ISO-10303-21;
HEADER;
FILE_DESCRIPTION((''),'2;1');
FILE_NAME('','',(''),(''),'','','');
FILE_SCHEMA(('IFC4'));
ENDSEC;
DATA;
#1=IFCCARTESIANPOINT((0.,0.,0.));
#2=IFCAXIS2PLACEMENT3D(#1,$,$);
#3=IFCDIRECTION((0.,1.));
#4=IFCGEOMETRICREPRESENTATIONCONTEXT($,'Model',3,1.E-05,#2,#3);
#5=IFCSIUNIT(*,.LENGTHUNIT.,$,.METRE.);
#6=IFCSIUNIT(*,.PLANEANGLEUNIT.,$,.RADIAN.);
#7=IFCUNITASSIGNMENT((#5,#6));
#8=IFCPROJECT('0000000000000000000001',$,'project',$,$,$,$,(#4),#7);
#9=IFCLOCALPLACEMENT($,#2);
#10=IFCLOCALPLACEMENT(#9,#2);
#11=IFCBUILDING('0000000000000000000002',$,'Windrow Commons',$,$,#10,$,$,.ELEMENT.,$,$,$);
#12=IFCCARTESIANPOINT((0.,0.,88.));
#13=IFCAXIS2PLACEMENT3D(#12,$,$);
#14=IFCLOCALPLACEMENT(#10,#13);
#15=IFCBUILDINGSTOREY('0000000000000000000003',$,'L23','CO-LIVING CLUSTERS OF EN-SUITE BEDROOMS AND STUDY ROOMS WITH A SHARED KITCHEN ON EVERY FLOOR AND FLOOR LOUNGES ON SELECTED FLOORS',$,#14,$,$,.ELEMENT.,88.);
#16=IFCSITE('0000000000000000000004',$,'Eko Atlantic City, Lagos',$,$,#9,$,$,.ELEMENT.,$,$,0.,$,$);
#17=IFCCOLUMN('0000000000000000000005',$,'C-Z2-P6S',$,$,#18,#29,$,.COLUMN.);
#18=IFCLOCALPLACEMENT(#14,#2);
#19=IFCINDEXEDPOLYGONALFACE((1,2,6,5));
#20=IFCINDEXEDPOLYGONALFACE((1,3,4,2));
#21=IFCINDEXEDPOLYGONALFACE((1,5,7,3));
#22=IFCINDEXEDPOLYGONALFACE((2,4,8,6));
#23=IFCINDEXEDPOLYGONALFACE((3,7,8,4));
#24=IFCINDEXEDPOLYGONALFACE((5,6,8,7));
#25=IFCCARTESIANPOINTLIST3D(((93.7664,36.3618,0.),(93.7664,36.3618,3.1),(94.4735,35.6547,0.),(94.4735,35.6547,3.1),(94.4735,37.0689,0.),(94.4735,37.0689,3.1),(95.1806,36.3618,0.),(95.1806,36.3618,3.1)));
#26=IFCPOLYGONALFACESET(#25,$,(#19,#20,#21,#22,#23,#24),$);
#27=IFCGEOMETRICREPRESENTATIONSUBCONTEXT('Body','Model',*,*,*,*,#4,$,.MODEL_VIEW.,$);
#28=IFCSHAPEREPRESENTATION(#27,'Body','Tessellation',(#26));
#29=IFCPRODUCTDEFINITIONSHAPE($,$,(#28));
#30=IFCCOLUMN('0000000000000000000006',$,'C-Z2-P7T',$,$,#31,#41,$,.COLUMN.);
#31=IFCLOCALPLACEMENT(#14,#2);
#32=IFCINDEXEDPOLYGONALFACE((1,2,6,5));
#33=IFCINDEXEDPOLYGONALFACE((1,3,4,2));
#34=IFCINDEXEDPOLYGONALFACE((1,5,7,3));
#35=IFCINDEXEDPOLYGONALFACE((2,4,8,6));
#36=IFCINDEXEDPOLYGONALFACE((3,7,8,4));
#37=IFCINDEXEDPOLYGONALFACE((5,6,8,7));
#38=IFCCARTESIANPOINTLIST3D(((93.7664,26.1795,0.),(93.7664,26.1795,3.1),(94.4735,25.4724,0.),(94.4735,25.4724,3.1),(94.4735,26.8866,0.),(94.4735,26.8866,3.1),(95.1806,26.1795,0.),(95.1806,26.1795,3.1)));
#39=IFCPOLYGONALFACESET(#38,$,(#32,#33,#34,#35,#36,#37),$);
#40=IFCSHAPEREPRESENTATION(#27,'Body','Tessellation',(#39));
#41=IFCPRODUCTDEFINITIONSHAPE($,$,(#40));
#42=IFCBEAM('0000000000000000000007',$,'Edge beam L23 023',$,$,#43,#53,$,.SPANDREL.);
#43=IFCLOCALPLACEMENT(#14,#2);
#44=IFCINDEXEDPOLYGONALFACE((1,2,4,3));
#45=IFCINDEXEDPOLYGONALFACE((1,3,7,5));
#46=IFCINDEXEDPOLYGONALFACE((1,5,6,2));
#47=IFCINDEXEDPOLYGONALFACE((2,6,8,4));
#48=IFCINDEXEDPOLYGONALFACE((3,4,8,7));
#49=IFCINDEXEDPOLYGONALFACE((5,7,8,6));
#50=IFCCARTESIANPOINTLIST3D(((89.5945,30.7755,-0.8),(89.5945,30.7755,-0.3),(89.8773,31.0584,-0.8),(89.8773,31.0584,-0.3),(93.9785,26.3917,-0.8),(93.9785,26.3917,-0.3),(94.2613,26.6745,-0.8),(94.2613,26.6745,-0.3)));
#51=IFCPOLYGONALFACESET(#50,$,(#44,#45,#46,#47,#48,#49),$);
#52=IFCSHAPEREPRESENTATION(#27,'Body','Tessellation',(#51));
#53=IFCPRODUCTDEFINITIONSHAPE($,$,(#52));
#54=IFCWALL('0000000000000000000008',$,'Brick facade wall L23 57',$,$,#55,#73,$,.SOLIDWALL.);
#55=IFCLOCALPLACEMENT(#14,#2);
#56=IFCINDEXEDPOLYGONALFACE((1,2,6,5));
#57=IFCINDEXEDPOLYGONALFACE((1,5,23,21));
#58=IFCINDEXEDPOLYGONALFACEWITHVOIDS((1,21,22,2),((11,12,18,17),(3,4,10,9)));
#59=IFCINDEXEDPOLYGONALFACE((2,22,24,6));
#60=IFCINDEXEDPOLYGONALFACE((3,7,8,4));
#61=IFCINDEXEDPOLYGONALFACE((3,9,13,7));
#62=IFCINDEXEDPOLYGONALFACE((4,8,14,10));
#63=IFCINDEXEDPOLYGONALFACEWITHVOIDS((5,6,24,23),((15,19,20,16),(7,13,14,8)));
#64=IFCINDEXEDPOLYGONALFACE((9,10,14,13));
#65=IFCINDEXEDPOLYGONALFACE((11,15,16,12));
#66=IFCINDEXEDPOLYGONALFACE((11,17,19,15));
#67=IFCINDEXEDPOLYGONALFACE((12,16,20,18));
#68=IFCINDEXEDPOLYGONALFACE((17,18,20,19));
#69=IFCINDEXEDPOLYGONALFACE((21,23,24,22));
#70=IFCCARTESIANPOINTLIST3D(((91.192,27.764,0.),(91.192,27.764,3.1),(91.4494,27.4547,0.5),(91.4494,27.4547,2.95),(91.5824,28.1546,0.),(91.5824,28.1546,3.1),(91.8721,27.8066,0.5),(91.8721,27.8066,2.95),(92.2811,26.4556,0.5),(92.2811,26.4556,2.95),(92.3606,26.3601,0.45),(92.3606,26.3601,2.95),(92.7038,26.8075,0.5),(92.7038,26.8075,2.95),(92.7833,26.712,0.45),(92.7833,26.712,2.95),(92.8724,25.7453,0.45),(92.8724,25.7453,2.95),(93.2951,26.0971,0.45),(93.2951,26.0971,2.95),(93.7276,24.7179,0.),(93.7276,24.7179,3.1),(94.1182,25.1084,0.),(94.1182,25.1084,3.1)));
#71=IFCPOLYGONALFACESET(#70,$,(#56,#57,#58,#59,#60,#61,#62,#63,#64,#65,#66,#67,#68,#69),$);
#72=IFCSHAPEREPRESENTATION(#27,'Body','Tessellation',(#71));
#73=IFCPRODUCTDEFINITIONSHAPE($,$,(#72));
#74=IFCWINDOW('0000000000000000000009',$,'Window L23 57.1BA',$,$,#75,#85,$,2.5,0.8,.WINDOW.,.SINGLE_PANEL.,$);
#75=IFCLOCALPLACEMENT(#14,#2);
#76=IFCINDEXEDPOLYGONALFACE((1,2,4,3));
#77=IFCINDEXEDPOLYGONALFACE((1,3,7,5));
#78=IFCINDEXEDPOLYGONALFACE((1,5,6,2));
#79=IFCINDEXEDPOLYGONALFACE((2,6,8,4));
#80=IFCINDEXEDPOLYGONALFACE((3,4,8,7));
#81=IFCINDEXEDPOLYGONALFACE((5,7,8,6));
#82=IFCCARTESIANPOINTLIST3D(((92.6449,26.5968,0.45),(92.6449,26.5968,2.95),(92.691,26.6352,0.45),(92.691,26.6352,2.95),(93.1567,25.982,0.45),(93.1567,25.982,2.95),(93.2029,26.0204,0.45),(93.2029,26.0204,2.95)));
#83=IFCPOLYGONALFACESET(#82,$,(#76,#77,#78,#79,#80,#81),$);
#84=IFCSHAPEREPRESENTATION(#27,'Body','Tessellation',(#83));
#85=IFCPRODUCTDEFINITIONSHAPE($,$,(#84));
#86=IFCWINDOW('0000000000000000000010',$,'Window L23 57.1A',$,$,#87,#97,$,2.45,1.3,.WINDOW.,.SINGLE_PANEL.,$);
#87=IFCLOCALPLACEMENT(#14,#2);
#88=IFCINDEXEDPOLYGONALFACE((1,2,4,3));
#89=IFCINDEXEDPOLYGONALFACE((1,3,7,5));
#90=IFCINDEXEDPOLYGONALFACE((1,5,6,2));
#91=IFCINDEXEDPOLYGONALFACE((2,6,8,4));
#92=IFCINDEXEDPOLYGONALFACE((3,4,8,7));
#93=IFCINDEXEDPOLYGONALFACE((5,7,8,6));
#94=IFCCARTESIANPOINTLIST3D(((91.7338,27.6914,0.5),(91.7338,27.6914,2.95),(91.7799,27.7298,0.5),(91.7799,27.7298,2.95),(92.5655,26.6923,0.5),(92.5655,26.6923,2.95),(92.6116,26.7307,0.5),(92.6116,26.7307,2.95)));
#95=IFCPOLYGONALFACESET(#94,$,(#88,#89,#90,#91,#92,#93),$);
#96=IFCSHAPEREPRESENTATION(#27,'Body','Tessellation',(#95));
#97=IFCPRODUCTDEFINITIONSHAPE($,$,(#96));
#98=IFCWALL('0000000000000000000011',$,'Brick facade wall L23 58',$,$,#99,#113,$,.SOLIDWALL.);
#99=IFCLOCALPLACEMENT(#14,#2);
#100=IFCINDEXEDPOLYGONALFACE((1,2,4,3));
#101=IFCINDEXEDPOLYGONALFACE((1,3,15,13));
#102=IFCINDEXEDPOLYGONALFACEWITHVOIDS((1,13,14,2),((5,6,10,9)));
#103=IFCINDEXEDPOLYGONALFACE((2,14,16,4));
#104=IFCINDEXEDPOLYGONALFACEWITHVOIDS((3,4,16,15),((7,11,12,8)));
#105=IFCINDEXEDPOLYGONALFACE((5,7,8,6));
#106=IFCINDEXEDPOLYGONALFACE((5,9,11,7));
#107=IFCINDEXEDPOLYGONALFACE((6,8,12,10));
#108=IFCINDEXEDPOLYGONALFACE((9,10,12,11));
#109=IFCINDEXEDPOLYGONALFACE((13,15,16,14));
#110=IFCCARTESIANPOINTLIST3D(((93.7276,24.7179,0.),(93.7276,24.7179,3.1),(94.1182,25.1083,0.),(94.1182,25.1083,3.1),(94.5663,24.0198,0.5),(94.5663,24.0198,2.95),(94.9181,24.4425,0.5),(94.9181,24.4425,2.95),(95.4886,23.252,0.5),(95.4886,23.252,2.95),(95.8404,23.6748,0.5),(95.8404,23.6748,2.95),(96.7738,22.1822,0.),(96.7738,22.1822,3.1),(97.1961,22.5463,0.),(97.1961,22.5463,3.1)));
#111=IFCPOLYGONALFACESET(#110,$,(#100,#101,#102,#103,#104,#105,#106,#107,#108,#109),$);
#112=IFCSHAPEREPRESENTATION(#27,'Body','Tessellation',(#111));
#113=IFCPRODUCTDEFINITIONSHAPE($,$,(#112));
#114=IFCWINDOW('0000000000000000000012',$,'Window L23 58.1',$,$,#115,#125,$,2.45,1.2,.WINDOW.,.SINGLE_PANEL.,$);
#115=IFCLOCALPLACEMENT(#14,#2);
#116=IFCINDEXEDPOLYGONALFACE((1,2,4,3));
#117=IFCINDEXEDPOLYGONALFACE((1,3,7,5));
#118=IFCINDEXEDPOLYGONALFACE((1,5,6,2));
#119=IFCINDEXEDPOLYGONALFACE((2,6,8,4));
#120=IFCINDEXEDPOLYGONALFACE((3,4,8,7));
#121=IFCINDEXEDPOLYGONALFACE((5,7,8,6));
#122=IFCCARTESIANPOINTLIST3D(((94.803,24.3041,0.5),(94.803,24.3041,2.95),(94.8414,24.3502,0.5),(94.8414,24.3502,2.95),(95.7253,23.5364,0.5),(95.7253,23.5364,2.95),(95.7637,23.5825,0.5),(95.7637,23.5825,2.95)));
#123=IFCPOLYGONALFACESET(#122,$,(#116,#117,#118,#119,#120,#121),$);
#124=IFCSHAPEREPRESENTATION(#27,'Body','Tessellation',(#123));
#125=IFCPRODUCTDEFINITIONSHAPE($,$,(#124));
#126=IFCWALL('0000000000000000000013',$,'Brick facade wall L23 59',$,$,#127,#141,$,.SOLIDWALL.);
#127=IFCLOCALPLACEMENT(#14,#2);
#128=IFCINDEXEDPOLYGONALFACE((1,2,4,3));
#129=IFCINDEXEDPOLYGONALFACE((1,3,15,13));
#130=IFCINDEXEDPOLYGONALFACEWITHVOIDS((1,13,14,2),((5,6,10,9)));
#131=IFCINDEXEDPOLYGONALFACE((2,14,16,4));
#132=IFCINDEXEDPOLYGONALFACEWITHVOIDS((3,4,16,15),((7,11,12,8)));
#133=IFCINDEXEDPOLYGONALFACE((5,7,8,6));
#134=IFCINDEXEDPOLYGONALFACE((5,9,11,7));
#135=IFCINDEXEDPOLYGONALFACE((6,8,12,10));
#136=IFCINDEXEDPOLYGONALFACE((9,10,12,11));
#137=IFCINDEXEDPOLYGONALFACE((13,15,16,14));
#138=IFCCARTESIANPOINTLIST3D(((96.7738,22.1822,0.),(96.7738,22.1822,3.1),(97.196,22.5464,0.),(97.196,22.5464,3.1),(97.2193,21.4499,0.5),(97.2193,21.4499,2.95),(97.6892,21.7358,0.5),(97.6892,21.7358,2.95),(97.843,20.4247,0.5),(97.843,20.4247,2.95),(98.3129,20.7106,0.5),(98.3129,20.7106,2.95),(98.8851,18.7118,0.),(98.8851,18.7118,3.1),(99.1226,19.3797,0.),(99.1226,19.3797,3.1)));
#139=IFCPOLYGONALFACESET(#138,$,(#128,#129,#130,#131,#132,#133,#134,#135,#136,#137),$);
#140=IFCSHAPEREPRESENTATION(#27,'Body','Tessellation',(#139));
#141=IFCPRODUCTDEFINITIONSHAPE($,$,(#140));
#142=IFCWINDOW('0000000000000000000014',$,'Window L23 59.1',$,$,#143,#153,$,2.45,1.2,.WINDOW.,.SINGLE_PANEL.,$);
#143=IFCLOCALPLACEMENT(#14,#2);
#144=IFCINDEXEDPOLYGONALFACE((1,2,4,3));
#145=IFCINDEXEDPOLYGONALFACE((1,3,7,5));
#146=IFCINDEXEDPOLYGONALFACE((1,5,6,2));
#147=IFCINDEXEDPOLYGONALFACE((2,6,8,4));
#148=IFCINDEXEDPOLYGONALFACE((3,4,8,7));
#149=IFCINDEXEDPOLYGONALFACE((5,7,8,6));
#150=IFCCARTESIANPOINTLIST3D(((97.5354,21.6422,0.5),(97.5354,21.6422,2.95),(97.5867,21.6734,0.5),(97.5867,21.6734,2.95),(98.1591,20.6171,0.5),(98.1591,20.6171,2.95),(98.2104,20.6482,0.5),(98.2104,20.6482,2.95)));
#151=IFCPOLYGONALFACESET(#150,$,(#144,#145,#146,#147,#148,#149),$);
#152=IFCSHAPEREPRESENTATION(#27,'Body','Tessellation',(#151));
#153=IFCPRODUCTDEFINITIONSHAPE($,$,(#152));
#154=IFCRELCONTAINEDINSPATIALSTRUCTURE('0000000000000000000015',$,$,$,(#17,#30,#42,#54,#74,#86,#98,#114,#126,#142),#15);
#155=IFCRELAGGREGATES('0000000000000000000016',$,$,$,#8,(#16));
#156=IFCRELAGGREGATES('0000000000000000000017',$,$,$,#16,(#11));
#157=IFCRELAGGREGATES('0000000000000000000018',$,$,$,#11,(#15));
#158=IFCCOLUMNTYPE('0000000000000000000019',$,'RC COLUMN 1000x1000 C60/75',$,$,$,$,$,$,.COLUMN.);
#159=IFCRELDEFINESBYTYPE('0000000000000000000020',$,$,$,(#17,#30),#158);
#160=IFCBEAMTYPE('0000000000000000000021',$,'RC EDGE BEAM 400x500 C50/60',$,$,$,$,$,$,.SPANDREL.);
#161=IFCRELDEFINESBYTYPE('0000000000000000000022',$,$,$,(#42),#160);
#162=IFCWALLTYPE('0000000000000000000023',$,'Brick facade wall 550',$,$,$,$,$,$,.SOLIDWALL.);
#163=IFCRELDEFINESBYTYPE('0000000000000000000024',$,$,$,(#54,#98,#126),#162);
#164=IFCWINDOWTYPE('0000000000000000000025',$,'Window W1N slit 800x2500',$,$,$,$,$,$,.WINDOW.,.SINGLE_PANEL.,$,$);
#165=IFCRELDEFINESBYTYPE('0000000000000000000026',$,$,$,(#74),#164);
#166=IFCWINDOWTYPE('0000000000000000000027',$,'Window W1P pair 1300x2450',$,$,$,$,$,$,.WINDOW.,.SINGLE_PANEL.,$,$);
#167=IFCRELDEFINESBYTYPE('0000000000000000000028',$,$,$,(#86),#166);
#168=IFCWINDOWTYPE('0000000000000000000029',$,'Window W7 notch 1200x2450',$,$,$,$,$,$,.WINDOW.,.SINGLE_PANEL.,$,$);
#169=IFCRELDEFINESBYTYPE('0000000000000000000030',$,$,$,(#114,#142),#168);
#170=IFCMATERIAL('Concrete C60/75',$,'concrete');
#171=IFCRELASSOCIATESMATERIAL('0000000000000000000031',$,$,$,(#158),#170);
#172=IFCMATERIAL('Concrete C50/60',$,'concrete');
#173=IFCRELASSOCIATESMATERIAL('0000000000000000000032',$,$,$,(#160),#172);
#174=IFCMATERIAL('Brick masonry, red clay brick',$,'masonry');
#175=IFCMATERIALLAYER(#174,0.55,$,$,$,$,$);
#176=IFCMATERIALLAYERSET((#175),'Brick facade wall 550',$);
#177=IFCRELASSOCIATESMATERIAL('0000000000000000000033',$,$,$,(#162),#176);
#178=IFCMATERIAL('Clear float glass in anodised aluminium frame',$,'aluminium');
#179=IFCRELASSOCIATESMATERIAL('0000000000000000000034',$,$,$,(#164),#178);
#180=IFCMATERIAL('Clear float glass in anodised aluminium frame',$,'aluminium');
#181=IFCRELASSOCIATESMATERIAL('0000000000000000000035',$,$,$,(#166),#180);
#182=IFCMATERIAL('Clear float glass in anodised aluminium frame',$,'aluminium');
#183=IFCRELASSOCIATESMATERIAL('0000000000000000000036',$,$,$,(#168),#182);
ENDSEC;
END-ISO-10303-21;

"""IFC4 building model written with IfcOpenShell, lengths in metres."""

from ifc_helpers import new_model, si_unit, direction, frame, frame_2d, origin, origin_2d, place, context, subcontext, project, spatial, polyline, rectangle, outline, extrude, material, layer, layer_set, material_profile, profile_set, type_object, element, fill, save


model = new_model("IFC4")

# Units and contexts
model_context = context("Model", 3, precision=1e-05, world=origin(), true_north=direction((0.0, 1.0)))
body_context = subcontext(model_context, "Body", "Model", "MODEL_VIEW")
ifc_project = project(units=[si_unit("LENGTHUNIT", "METRE"), si_unit("PLANEANGLEUNIT", "RADIAN")], contexts=[model_context])

# Site, building, storey
site_placement = place(None, origin())
site = spatial("IfcSite", under=ifc_project, at=site_placement, Name="Eko Atlantic City, Lagos", CompositionType="ELEMENT", RefElevation=0.0)
building_placement = place(site_placement, origin())
building = spatial("IfcBuilding", under=site, at=building_placement, Name="Windrow Commons", CompositionType="ELEMENT")
storey_placement = place(building_placement, frame((0.0, 0.0, 88.0)))
storey = spatial("IfcBuildingStorey", under=building, at=storey_placement, Name="L23", Description="CO-LIVING CLUSTERS OF EN-SUITE BEDROOMS AND STUDY ROOMS WITH A SHARED KITCHEN ON EVERY FLOOR AND FLOOR LOUNGES ON SELECTED FLOORS", CompositionType="ELEMENT", Elevation=88.0)

# Columns
ifc_material_1 = material(Name="Concrete C60/75", Category="concrete")
ifc_material_profile_1 = material_profile(ifc_material_1, rectangle(XDim=1.0, YDim=1.0, at=origin_2d()))
ifc_profile_set_1 = profile_set([ifc_material_profile_1], Name="Concrete C60/75")
column_type = type_object("IfcColumnType", Name="RC COLUMN 1000x1000 C60/75", PredefinedType="COLUMN", material=ifc_profile_set_1)
for number, where, z_axis, x_axis, name in (
    (1, (94.4735, 36.3618, 0.0), (0.0, 0.0, 1.0), (0.707107, -0.707107, 0.0), "C-Z2-P6S"),
    (2, (94.4735, 26.1795, 0.0), (0.0, 0.0, 1.0), (0.707107, -0.707107, 0.0), "C-Z2-P7T"),
):
    element("IfcColumn", number, at=place(storey_placement, frame(where, z_axis=z_axis, x_axis=x_axis)), inside=storey, type_object=column_type, Name=name, PredefinedType="COLUMN", context=body_context, shape_type="SweptSolid", body=[
        extrude(rectangle(XDim=1.0, YDim=1.0, at=origin_2d()), origin(), (0.0, 0.0, 1.0), 3.1),
    ])

# Beam
ifc_material_2 = material(Name="Concrete C50/60", Category="concrete")
ifc_material_profile_2 = material_profile(ifc_material_2, rectangle(XDim=0.4, YDim=0.5, at=origin_2d()))
ifc_profile_set_2 = profile_set([ifc_material_profile_2], Name="Concrete C50/60")
beam_type = type_object("IfcBeamType", Name="RC EDGE BEAM 400x500 C50/60", PredefinedType="SPANDREL", material=ifc_profile_set_2)
beam_placement = place(storey_placement, frame((94.1199, 26.5331, -0.55), z_axis=(-0.707115, 0.707099, 0.0), x_axis=(-0.707099, -0.707115, 0.0)))
element("IfcBeam", 3, at=beam_placement, inside=storey, type_object=beam_type, Name="Edge beam L23 023", PredefinedType="SPANDREL", context=body_context, shape_type="SweptSolid", body=[
    extrude(rectangle(XDim=0.4, YDim=0.5, at=origin_2d()), origin(), (0.0, 0.0, 1.0), 6.1998),
])

# Wall, openings, windows
ifc_material_3 = material(Name="Brick masonry, red clay brick", Category="masonry")
ifc_layer_1 = layer(ifc_material_3, 0.55)
ifc_layer_set_1 = layer_set([ifc_layer_1], Name="Brick facade wall 550")
wall_type_1 = type_object("IfcWallType", Name="Brick facade wall 550", PredefinedType="SOLIDWALL", material=ifc_layer_set_1)
wall_1_placement = place(storey_placement, frame((91.3872, 27.9593, 0.0), z_axis=(0.0, 0.0, 1.0), x_axis=(0.639767, -0.768569, 0.0)))
wall_1 = element("IfcWall", 4, at=wall_1_placement, inside=storey, type_object=wall_type_1, Name="Brick facade wall L23 57", PredefinedType="SOLIDWALL", context=body_context, shape_type="SweptSolid", body=[
    extrude(outline(polyline([(0.0252, -0.275), (3.9886, -0.275), (3.9383, 0.275), (-0.0252, 0.275), (0.0252, -0.275)])), origin(), (0.0, 0.0, 1.0), 3.1),
])
opening_1_placement = place(wall_1_placement, frame((0.4276, 0.0, 0.5)))
opening_1 = element("IfcOpeningElement", 5, at=opening_1_placement, cuts=wall_1, PredefinedType="OPENING", context=body_context, shape_type="SweptSolid", body=[
    extrude(rectangle(XDim=1.3, YDim=2.45, at=frame_2d((0.65, 1.225))), frame((0.0, 0.285, 0.0), z_axis=(0.0, -1.0, 0.0), x_axis=(1.0, 0.0, 0.0)), (0.0, 0.0, 1.0), 0.57),
])
opening_2_placement = place(wall_1_placement, frame((1.8518, 0.0, 0.45)))
opening_2 = element("IfcOpeningElement", 6, at=opening_2_placement, cuts=wall_1, PredefinedType="OPENING", context=body_context, shape_type="SweptSolid", body=[
    extrude(rectangle(XDim=0.8, YDim=2.5, at=frame_2d((0.4, 1.25))), frame((0.0, 0.285, 0.0), z_axis=(0.0, -1.0, 0.0), x_axis=(1.0, 0.0, 0.0)), (0.0, 0.0, 1.0), 0.57),
])
ifc_material_4 = material(Name="Clear float glass in anodised aluminium frame", Category="aluminium")
window_type_1 = type_object("IfcWindowType", Name="Window W1N slit 800x2500", PartitioningType="SINGLE_PANEL", PredefinedType="WINDOW", material=ifc_material_4)
window_1_placement = place(opening_2_placement, origin())
window_1 = element("IfcWindow", 7, at=window_1_placement, inside=storey, type_object=window_type_1, Name="Window L23 57.1BA", OverallHeight=2.5, OverallWidth=0.8, PartitioningType="SINGLE_PANEL", PredefinedType="WINDOW", context=body_context, shape_type="SweptSolid", body=[
    extrude(rectangle(XDim=0.8, YDim=2.5, at=frame_2d((0.4, 1.25))), frame((0.0, 0.155, 0.0), z_axis=(0.0, -1.0, 0.0), x_axis=(1.0, 0.0, 0.0)), (0.0, 0.0, 1.0), 0.06),
])
fill(opening_2, window_1)
ifc_material_5 = material(Name="Clear float glass in anodised aluminium frame", Category="aluminium")
window_type_2 = type_object("IfcWindowType", Name="Window W1P pair 1300x2450", PartitioningType="SINGLE_PANEL", PredefinedType="WINDOW", material=ifc_material_5)
window_2_placement = place(opening_1_placement, origin())
window_2 = element("IfcWindow", 8, at=window_2_placement, inside=storey, type_object=window_type_2, Name="Window L23 57.1A", OverallHeight=2.45, OverallWidth=1.3, PartitioningType="SINGLE_PANEL", PredefinedType="WINDOW", context=body_context, shape_type="SweptSolid", body=[
    extrude(rectangle(XDim=1.3, YDim=2.45, at=frame_2d((0.65, 1.225))), frame((0.0, 0.155, 0.0), z_axis=(0.0, -1.0, 0.0), x_axis=(1.0, 0.0, 0.0)), (0.0, 0.0, 1.0), 0.06),
])
fill(opening_1, window_2)

# Walls, openings, windows
wall_2_placement = place(storey_placement, frame((93.9229, 24.9131, 0.0), z_axis=(0.0, 0.0, 1.0), x_axis=(0.768575, -0.63976, 0.0)))
wall_2 = element("IfcWall", 9, at=wall_2_placement, inside=storey, type_object=wall_type_1, Name="Brick facade wall L23 58", PredefinedType="SOLIDWALL", context=body_context, shape_type="SweptSolid", body=[
    extrude(outline(polyline([(-0.0252, -0.275), (3.9383, -0.275), (4.0299, 0.275), (0.0252, 0.275), (-0.0252, -0.275)])), origin(), (0.0, 0.0, 1.0), 3.1),
])
opening_3_placement = place(wall_2_placement, frame((1.066, 0.0, 0.5)))
opening_3 = element("IfcOpeningElement", 10, at=opening_3_placement, cuts=wall_2, PredefinedType="OPENING", context=body_context, shape_type="SweptSolid", body=[
    extrude(rectangle(XDim=1.2, YDim=2.45, at=frame_2d((0.6, 1.225))), frame((0.0, 0.285, 0.0), z_axis=(0.0, -1.0, 0.0), x_axis=(1.0, 0.0, 0.0)), (0.0, 0.0, 1.0), 0.57),
])
ifc_material_6 = material(Name="Clear float glass in anodised aluminium frame", Category="aluminium")
window_type_3 = type_object("IfcWindowType", Name="Window W7 notch 1200x2450", PartitioningType="SINGLE_PANEL", PredefinedType="WINDOW", material=ifc_material_6)
window_3_placement = place(opening_3_placement, origin())
window_3 = element("IfcWindow", 11, at=window_3_placement, inside=storey, type_object=window_type_3, Name="Window L23 58.1", OverallHeight=2.45, OverallWidth=1.2, PartitioningType="SINGLE_PANEL", PredefinedType="WINDOW", context=body_context, shape_type="SweptSolid", body=[
    extrude(rectangle(XDim=1.2, YDim=2.45, at=frame_2d((0.6, 1.225))), frame((0.0, 0.155, 0.0), z_axis=(0.0, -1.0, 0.0), x_axis=(1.0, 0.0, 0.0)), (0.0, 0.0, 1.0), 0.06),
])
fill(opening_3, window_3)
wall_3_placement = place(storey_placement, frame((96.9849, 22.3643, 0.0), z_axis=(0.0, 0.0, 1.0), x_axis=(0.519756, -0.854315, 0.0)))
wall_3 = element("IfcWall", 12, at=wall_3_placement, inside=storey, type_object=wall_type_1, Name="Brick facade wall L23 59", PredefinedType="SOLIDWALL", context=body_context, shape_type="SweptSolid", body=[
    extrude(outline(polyline([(0.0458, -0.275), (4.108, -0.275), (3.6609, 0.275), (-0.0458, 0.275), (0.0458, -0.275)])), origin(), (0.0, 0.0, 1.0), 3.1),
])
opening_4_placement = place(wall_3_placement, frame((0.903, 0.0, 0.5)))
opening_4 = element("IfcOpeningElement", 13, at=opening_4_placement, cuts=wall_3, PredefinedType="OPENING", context=body_context, shape_type="SweptSolid", body=[
    extrude(rectangle(XDim=1.2, YDim=2.45, at=frame_2d((0.6, 1.225))), frame((0.0, 0.285, 0.0), z_axis=(0.0, -1.0, 0.0), x_axis=(1.0, 0.0, 0.0)), (0.0, 0.0, 1.0), 0.57),
])
window_4_placement = place(opening_4_placement, origin())
window_4 = element("IfcWindow", 14, at=window_4_placement, inside=storey, type_object=window_type_3, Name="Window L23 59.1", OverallHeight=2.45, OverallWidth=1.2, PartitioningType="SINGLE_PANEL", PredefinedType="WINDOW", context=body_context, shape_type="SweptSolid", body=[
    extrude(rectangle(XDim=1.2, YDim=2.45, at=frame_2d((0.6, 1.225))), frame((0.0, 0.155, 0.0), z_axis=(0.0, -1.0, 0.0), x_axis=(1.0, 0.0, 0.0)), (0.0, 0.0, 1.0), 0.06),
])
fill(opening_4, window_4)

save(model, "model.ifc")
